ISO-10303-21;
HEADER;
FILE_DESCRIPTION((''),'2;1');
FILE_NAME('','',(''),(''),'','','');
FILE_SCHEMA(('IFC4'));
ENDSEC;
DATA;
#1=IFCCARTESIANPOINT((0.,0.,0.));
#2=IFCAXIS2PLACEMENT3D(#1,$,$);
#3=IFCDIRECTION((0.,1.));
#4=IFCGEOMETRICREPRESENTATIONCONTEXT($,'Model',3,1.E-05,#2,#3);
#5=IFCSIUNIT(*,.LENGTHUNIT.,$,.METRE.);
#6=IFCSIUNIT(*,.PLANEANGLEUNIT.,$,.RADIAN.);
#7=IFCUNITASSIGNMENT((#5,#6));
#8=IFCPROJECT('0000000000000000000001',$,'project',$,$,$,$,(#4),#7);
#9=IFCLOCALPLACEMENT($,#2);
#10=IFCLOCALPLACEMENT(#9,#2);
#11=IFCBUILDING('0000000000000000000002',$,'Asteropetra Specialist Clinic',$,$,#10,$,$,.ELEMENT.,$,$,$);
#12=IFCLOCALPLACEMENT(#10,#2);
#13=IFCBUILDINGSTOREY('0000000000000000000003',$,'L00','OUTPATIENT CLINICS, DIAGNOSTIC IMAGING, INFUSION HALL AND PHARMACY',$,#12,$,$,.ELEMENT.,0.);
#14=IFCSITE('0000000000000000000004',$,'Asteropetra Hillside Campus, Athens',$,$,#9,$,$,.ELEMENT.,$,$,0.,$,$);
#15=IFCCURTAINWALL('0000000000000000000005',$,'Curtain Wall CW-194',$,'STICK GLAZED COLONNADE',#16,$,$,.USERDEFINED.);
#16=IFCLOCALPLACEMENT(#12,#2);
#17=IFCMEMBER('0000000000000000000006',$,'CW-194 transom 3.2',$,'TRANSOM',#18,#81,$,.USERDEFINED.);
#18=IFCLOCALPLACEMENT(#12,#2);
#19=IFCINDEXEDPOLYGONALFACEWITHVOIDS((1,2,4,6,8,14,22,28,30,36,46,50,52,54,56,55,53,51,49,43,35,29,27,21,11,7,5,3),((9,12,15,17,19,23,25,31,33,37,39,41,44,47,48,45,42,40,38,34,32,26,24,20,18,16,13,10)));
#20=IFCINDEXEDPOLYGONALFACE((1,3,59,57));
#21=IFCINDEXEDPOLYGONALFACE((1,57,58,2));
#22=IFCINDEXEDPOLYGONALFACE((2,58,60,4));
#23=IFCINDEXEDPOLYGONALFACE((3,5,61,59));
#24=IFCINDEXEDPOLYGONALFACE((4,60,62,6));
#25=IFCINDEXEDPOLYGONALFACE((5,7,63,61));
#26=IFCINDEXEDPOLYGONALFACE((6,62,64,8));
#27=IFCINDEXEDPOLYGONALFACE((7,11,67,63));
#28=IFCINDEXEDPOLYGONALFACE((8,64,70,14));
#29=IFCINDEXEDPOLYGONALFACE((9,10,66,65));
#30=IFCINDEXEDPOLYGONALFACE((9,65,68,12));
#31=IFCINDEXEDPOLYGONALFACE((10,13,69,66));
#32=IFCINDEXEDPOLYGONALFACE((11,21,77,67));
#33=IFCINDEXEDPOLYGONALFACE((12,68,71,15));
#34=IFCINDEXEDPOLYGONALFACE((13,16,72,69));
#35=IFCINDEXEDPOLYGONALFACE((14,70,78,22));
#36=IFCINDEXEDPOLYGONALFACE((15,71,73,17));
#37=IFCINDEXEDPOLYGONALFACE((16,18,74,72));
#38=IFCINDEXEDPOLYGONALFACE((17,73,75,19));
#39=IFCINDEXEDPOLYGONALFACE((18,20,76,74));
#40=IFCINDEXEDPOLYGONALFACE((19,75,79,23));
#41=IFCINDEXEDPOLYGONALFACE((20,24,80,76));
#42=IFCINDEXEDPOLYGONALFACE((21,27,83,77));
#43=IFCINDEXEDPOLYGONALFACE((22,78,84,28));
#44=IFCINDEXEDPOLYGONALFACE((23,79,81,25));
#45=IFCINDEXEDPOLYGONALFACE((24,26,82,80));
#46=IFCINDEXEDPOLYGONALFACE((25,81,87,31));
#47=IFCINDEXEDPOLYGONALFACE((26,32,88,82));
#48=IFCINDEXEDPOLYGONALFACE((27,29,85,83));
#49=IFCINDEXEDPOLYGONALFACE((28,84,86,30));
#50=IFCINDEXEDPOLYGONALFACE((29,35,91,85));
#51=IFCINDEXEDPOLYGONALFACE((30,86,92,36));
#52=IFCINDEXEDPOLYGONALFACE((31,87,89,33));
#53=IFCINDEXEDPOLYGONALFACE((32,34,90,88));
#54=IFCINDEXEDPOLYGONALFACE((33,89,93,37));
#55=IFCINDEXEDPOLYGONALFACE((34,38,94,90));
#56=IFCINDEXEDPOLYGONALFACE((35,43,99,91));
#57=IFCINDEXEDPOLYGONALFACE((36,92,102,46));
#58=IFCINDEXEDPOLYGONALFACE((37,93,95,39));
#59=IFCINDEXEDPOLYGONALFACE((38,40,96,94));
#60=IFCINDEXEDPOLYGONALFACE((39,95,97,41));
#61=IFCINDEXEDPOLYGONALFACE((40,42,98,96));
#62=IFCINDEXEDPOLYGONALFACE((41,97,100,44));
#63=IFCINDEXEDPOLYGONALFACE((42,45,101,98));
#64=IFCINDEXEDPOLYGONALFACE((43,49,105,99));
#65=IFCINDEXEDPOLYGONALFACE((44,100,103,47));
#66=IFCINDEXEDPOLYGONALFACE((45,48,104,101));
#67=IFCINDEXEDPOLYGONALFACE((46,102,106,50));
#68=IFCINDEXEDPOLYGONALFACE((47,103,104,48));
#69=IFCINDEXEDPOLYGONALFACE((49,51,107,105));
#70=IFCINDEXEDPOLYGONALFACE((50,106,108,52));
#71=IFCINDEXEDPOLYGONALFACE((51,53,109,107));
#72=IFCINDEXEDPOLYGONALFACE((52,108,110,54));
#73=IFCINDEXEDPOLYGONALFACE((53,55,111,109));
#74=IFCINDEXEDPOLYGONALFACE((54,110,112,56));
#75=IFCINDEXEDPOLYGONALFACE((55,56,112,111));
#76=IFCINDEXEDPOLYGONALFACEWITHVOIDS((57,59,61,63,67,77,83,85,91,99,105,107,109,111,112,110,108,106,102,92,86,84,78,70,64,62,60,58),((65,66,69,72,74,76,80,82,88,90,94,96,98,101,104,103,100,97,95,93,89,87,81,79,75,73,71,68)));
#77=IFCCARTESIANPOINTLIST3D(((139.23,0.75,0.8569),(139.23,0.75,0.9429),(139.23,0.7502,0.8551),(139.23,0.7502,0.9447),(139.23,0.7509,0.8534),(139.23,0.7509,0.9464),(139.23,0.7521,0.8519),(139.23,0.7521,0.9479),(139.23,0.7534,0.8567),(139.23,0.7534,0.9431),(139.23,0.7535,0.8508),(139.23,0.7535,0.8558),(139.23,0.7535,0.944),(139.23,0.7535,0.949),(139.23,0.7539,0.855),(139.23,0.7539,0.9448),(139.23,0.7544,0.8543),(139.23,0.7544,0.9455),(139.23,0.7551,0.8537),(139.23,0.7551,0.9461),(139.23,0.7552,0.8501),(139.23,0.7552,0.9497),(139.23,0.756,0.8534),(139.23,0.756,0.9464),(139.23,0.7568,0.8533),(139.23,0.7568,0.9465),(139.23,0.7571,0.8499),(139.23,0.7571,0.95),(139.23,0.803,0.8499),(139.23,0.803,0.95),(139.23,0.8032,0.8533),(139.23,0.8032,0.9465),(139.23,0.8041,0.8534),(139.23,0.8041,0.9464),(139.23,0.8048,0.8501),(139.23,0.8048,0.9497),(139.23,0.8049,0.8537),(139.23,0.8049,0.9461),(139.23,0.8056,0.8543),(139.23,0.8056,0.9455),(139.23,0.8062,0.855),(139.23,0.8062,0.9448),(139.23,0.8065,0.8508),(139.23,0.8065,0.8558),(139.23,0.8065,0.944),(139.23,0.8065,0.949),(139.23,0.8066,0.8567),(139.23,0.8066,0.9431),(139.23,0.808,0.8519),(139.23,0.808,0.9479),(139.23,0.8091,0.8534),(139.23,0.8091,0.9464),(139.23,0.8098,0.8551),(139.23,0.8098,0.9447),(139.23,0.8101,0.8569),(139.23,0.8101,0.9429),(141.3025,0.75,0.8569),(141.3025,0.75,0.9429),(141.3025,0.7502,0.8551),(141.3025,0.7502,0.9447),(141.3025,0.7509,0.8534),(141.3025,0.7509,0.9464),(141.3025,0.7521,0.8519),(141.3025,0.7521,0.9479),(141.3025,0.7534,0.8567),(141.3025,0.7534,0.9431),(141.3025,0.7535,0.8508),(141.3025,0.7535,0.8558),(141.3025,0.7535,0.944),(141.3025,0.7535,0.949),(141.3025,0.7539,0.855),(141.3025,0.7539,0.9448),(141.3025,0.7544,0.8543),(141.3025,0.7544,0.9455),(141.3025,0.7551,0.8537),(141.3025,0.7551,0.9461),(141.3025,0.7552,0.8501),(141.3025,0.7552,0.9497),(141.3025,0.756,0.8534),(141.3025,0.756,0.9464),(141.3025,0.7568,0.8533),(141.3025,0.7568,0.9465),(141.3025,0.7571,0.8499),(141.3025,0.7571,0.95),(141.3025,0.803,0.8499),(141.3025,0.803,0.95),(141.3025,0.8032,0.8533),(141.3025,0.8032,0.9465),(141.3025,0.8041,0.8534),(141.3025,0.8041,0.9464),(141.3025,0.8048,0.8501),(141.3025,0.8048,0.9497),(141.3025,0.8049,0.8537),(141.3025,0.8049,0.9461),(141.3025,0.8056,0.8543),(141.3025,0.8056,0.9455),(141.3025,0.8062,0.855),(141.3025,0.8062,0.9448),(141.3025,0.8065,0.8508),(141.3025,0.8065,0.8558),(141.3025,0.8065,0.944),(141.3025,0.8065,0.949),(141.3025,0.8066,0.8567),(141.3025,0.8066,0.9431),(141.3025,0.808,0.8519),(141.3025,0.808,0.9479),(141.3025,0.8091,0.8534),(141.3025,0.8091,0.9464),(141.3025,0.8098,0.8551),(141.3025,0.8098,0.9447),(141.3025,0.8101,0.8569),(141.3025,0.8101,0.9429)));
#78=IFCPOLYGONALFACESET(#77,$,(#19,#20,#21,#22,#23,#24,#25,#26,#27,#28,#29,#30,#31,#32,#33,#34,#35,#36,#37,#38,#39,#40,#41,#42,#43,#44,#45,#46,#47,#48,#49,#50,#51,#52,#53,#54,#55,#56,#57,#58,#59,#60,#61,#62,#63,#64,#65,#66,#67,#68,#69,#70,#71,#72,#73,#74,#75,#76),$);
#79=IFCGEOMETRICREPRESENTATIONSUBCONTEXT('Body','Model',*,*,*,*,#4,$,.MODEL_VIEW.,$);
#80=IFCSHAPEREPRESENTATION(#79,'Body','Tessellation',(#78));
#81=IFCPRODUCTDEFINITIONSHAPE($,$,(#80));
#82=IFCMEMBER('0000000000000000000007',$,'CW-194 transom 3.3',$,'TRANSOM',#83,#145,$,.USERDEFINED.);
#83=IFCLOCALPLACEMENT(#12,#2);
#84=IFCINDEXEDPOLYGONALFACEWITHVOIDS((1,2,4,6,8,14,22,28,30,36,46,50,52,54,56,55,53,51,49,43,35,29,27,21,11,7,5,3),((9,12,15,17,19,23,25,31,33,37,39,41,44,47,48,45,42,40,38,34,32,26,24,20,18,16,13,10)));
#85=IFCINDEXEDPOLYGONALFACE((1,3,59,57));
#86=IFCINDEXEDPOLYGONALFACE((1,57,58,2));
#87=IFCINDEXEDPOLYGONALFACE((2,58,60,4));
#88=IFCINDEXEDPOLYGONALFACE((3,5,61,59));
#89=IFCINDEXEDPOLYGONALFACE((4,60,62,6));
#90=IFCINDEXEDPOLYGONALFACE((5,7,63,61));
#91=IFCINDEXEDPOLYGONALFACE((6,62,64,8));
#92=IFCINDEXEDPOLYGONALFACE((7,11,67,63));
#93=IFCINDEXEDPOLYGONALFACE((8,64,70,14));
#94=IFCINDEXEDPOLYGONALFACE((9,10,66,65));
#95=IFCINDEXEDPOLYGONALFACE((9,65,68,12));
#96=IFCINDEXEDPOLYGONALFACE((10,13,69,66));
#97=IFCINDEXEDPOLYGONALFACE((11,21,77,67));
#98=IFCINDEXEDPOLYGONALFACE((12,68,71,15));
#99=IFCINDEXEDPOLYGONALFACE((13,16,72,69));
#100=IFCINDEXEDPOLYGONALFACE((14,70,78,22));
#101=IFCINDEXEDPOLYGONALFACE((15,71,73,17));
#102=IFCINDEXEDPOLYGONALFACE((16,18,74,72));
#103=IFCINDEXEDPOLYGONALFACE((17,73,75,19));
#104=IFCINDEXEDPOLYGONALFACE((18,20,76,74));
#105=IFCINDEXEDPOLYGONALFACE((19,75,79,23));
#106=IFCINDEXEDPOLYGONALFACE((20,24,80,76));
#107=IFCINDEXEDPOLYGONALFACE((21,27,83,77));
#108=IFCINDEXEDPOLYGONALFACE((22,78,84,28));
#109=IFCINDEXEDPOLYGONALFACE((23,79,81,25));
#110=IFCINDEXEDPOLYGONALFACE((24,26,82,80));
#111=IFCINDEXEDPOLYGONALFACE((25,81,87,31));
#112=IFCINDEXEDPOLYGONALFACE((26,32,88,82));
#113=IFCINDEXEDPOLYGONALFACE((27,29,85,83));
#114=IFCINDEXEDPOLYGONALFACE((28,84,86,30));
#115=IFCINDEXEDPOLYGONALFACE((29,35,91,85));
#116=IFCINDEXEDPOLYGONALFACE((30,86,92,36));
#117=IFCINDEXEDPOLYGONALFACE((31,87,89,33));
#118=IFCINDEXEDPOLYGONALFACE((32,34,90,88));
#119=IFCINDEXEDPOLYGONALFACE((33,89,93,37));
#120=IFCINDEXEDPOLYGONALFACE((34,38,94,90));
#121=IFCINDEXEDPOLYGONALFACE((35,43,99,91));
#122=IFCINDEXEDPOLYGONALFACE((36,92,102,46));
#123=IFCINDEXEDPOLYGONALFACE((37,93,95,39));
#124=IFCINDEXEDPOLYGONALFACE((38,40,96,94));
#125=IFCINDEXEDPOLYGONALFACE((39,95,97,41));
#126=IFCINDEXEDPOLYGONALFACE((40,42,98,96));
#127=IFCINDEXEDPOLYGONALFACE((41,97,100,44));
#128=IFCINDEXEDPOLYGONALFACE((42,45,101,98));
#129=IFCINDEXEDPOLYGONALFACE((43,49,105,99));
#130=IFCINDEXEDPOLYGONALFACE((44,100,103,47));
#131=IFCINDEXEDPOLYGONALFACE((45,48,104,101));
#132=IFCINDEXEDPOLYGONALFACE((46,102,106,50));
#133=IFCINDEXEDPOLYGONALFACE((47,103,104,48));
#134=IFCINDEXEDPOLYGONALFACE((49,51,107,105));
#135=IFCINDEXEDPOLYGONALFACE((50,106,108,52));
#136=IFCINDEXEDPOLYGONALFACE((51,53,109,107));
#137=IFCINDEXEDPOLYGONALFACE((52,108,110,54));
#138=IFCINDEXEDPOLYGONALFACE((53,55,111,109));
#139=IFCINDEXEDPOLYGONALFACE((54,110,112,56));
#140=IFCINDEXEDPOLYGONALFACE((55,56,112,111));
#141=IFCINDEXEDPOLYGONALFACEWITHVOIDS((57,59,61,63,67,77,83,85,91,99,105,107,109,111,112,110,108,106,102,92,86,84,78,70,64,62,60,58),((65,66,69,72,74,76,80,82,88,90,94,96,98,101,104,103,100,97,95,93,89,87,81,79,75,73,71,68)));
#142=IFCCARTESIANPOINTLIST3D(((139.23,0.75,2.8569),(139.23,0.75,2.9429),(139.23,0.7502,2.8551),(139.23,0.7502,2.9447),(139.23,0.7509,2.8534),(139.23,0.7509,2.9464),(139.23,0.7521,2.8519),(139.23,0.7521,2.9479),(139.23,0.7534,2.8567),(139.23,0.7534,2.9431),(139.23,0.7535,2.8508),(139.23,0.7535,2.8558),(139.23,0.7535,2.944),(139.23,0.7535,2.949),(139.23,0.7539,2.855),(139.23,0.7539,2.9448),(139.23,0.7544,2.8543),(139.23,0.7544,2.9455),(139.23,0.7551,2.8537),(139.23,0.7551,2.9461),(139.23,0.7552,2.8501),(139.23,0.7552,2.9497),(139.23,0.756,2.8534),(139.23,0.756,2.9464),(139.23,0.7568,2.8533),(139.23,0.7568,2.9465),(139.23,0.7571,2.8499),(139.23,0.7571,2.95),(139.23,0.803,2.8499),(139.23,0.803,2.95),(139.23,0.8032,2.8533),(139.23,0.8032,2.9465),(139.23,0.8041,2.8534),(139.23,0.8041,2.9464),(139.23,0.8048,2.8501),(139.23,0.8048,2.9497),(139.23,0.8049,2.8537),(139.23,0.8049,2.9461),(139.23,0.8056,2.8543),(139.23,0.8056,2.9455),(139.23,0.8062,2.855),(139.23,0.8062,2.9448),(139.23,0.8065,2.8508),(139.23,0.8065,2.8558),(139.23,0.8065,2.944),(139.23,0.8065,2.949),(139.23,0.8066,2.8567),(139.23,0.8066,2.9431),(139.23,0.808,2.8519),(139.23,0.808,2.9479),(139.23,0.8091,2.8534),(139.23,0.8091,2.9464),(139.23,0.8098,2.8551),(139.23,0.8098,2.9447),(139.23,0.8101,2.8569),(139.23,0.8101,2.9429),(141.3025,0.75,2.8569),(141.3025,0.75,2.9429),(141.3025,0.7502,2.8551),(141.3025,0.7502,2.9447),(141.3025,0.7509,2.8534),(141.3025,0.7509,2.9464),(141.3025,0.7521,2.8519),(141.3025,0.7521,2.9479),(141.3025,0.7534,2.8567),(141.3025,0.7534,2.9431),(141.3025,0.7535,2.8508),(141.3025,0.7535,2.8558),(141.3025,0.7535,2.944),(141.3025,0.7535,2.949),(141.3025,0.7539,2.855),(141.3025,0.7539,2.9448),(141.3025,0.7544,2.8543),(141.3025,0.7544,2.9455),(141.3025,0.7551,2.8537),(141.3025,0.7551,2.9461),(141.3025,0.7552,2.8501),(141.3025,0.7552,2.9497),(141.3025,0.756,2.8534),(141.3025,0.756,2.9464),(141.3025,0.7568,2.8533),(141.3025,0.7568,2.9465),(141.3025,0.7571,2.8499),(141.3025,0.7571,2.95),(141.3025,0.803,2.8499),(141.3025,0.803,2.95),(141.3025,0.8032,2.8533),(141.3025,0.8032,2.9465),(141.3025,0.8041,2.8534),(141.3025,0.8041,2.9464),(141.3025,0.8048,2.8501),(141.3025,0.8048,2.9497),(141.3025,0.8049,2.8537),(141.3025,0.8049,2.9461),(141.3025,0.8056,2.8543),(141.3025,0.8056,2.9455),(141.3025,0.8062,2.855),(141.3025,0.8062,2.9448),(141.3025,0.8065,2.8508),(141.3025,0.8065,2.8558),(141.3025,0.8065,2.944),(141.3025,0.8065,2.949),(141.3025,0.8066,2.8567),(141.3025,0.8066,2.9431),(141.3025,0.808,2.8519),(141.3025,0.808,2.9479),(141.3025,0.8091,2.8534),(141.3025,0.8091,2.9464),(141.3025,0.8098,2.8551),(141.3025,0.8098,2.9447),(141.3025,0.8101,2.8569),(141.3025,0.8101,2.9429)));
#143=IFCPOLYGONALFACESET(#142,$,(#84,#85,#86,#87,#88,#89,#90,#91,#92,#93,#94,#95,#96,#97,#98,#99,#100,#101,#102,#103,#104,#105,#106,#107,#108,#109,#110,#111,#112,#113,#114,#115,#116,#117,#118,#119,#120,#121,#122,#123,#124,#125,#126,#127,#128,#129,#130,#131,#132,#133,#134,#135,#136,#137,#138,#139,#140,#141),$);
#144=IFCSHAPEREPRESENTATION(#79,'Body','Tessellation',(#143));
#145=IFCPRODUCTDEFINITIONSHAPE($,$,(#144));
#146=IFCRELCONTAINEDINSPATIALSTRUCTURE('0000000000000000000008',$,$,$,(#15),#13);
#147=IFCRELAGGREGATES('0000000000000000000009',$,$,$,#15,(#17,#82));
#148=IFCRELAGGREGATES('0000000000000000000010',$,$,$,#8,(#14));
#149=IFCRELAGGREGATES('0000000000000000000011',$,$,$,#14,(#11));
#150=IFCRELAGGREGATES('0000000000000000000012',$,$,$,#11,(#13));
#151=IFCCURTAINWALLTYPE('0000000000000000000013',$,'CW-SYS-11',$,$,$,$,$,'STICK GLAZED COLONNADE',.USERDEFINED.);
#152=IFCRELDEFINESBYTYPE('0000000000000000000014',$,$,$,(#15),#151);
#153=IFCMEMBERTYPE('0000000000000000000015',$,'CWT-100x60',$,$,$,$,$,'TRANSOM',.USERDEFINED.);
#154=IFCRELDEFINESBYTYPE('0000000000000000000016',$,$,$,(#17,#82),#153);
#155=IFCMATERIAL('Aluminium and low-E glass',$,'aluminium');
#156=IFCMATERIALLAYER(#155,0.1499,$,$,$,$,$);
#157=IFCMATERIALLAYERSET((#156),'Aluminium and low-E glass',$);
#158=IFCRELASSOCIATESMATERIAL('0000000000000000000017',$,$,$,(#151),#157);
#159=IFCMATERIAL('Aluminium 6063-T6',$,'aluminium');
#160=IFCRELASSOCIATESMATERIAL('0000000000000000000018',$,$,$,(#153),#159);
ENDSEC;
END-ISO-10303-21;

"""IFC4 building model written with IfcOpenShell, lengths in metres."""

from ifc_helpers import new_model, si_unit, direction, frame, origin, origin_2d, place, context, subcontext, project, spatial, hollow_rectangle, extrude, material, layer, layer_set, material_profile, profile_set, type_object, element, aggregate, save


model = new_model("IFC4")

# Units and contexts
model_context = context("Model", 3, precision=1e-05, world=origin(), true_north=direction((0.0, 1.0)))
body_context = subcontext(model_context, "Body", "Model", "MODEL_VIEW")
ifc_project = project(units=[si_unit("LENGTHUNIT", "METRE"), si_unit("PLANEANGLEUNIT", "RADIAN")], contexts=[model_context])

# Site, building, storey
site_placement = place(None, origin())
site = spatial("IfcSite", under=ifc_project, at=site_placement, Name="Asteropetra Hillside Campus, Athens", CompositionType="ELEMENT", RefElevation=0.0)
building_placement = place(site_placement, origin())
building = spatial("IfcBuilding", under=site, at=building_placement, Name="Asteropetra Specialist Clinic", CompositionType="ELEMENT")
storey_placement = place(building_placement, origin())
storey = spatial("IfcBuildingStorey", under=building, at=storey_placement, Name="L00", Description="OUTPATIENT CLINICS, DIAGNOSTIC IMAGING, INFUSION HALL AND PHARMACY", CompositionType="ELEMENT", Elevation=0.0)

# Curtain wall, members
ifc_material_1 = material(Name="Aluminium and low-E glass", Category="aluminium")
ifc_layer_1 = layer(ifc_material_1, 0.1499)
ifc_layer_set_1 = layer_set([ifc_layer_1], Name="Aluminium and low-E glass")
curtain_wall_type = type_object("IfcCurtainWallType", Name="CW-SYS-11", ElementType="STICK GLAZED COLONNADE", PredefinedType="USERDEFINED", material=ifc_layer_set_1)
curtain_wall_placement = place(storey_placement, origin())
curtain_wall = element("IfcCurtainWall", 1, at=curtain_wall_placement, inside=storey, type_object=curtain_wall_type, Name="Curtain Wall CW-194", ObjectType="STICK GLAZED COLONNADE", PredefinedType="USERDEFINED")
ifc_material_2 = material(Name="Aluminium 6063-T6", Category="aluminium")
ifc_material_profile_1 = material_profile(ifc_material_2, hollow_rectangle(XDim=0.0601, YDim=0.1001, WallThickness=0.0034, InnerFilletRadius=0.0034, OuterFilletRadius=0.0071, at=origin_2d()), Name="TRN 100x60x3.5")
ifc_profile_set_1 = profile_set([ifc_material_profile_1], Name="Aluminium 6063-T6")
member_type_1 = type_object("IfcMemberType", Name="CWT-100x60", ElementType="TRANSOM", PredefinedType="USERDEFINED", material=ifc_profile_set_1)
member_1_placement = place(storey_placement, frame((139.23, 0.78, 0.8999), z_axis=(1.0, 0.0, 0.0), x_axis=(0.0, 1.0, 0.0)))
member_1 = element("IfcMember", 2, at=member_1_placement, type_object=member_type_1, Name="CW-194 transom 3.2", ObjectType="TRANSOM", PredefinedType="USERDEFINED", context=body_context, shape_type="SweptSolid", body=[
    extrude(hollow_rectangle(XDim=0.0601, YDim=0.1001, WallThickness=0.0034, InnerFilletRadius=0.0034, OuterFilletRadius=0.0071, at=origin_2d()), origin(), (0.0, 0.0, 1.0), 2.0725),
])
member_2_placement = place(storey_placement, frame((139.23, 0.78, 2.8999), z_axis=(1.0, 0.0, 0.0), x_axis=(0.0, 1.0, 0.0)))
member_2 = element("IfcMember", 3, at=member_2_placement, type_object=member_type_1, Name="CW-194 transom 3.3", ObjectType="TRANSOM", PredefinedType="USERDEFINED", context=body_context, shape_type="SweptSolid", body=[
    extrude(hollow_rectangle(XDim=0.0601, YDim=0.1001, WallThickness=0.0034, InnerFilletRadius=0.0034, OuterFilletRadius=0.0071, at=origin_2d()), origin(), (0.0, 0.0, 1.0), 2.0725),
])
aggregate(curtain_wall, [member_1, member_2])

save(model, "model.ifc")
